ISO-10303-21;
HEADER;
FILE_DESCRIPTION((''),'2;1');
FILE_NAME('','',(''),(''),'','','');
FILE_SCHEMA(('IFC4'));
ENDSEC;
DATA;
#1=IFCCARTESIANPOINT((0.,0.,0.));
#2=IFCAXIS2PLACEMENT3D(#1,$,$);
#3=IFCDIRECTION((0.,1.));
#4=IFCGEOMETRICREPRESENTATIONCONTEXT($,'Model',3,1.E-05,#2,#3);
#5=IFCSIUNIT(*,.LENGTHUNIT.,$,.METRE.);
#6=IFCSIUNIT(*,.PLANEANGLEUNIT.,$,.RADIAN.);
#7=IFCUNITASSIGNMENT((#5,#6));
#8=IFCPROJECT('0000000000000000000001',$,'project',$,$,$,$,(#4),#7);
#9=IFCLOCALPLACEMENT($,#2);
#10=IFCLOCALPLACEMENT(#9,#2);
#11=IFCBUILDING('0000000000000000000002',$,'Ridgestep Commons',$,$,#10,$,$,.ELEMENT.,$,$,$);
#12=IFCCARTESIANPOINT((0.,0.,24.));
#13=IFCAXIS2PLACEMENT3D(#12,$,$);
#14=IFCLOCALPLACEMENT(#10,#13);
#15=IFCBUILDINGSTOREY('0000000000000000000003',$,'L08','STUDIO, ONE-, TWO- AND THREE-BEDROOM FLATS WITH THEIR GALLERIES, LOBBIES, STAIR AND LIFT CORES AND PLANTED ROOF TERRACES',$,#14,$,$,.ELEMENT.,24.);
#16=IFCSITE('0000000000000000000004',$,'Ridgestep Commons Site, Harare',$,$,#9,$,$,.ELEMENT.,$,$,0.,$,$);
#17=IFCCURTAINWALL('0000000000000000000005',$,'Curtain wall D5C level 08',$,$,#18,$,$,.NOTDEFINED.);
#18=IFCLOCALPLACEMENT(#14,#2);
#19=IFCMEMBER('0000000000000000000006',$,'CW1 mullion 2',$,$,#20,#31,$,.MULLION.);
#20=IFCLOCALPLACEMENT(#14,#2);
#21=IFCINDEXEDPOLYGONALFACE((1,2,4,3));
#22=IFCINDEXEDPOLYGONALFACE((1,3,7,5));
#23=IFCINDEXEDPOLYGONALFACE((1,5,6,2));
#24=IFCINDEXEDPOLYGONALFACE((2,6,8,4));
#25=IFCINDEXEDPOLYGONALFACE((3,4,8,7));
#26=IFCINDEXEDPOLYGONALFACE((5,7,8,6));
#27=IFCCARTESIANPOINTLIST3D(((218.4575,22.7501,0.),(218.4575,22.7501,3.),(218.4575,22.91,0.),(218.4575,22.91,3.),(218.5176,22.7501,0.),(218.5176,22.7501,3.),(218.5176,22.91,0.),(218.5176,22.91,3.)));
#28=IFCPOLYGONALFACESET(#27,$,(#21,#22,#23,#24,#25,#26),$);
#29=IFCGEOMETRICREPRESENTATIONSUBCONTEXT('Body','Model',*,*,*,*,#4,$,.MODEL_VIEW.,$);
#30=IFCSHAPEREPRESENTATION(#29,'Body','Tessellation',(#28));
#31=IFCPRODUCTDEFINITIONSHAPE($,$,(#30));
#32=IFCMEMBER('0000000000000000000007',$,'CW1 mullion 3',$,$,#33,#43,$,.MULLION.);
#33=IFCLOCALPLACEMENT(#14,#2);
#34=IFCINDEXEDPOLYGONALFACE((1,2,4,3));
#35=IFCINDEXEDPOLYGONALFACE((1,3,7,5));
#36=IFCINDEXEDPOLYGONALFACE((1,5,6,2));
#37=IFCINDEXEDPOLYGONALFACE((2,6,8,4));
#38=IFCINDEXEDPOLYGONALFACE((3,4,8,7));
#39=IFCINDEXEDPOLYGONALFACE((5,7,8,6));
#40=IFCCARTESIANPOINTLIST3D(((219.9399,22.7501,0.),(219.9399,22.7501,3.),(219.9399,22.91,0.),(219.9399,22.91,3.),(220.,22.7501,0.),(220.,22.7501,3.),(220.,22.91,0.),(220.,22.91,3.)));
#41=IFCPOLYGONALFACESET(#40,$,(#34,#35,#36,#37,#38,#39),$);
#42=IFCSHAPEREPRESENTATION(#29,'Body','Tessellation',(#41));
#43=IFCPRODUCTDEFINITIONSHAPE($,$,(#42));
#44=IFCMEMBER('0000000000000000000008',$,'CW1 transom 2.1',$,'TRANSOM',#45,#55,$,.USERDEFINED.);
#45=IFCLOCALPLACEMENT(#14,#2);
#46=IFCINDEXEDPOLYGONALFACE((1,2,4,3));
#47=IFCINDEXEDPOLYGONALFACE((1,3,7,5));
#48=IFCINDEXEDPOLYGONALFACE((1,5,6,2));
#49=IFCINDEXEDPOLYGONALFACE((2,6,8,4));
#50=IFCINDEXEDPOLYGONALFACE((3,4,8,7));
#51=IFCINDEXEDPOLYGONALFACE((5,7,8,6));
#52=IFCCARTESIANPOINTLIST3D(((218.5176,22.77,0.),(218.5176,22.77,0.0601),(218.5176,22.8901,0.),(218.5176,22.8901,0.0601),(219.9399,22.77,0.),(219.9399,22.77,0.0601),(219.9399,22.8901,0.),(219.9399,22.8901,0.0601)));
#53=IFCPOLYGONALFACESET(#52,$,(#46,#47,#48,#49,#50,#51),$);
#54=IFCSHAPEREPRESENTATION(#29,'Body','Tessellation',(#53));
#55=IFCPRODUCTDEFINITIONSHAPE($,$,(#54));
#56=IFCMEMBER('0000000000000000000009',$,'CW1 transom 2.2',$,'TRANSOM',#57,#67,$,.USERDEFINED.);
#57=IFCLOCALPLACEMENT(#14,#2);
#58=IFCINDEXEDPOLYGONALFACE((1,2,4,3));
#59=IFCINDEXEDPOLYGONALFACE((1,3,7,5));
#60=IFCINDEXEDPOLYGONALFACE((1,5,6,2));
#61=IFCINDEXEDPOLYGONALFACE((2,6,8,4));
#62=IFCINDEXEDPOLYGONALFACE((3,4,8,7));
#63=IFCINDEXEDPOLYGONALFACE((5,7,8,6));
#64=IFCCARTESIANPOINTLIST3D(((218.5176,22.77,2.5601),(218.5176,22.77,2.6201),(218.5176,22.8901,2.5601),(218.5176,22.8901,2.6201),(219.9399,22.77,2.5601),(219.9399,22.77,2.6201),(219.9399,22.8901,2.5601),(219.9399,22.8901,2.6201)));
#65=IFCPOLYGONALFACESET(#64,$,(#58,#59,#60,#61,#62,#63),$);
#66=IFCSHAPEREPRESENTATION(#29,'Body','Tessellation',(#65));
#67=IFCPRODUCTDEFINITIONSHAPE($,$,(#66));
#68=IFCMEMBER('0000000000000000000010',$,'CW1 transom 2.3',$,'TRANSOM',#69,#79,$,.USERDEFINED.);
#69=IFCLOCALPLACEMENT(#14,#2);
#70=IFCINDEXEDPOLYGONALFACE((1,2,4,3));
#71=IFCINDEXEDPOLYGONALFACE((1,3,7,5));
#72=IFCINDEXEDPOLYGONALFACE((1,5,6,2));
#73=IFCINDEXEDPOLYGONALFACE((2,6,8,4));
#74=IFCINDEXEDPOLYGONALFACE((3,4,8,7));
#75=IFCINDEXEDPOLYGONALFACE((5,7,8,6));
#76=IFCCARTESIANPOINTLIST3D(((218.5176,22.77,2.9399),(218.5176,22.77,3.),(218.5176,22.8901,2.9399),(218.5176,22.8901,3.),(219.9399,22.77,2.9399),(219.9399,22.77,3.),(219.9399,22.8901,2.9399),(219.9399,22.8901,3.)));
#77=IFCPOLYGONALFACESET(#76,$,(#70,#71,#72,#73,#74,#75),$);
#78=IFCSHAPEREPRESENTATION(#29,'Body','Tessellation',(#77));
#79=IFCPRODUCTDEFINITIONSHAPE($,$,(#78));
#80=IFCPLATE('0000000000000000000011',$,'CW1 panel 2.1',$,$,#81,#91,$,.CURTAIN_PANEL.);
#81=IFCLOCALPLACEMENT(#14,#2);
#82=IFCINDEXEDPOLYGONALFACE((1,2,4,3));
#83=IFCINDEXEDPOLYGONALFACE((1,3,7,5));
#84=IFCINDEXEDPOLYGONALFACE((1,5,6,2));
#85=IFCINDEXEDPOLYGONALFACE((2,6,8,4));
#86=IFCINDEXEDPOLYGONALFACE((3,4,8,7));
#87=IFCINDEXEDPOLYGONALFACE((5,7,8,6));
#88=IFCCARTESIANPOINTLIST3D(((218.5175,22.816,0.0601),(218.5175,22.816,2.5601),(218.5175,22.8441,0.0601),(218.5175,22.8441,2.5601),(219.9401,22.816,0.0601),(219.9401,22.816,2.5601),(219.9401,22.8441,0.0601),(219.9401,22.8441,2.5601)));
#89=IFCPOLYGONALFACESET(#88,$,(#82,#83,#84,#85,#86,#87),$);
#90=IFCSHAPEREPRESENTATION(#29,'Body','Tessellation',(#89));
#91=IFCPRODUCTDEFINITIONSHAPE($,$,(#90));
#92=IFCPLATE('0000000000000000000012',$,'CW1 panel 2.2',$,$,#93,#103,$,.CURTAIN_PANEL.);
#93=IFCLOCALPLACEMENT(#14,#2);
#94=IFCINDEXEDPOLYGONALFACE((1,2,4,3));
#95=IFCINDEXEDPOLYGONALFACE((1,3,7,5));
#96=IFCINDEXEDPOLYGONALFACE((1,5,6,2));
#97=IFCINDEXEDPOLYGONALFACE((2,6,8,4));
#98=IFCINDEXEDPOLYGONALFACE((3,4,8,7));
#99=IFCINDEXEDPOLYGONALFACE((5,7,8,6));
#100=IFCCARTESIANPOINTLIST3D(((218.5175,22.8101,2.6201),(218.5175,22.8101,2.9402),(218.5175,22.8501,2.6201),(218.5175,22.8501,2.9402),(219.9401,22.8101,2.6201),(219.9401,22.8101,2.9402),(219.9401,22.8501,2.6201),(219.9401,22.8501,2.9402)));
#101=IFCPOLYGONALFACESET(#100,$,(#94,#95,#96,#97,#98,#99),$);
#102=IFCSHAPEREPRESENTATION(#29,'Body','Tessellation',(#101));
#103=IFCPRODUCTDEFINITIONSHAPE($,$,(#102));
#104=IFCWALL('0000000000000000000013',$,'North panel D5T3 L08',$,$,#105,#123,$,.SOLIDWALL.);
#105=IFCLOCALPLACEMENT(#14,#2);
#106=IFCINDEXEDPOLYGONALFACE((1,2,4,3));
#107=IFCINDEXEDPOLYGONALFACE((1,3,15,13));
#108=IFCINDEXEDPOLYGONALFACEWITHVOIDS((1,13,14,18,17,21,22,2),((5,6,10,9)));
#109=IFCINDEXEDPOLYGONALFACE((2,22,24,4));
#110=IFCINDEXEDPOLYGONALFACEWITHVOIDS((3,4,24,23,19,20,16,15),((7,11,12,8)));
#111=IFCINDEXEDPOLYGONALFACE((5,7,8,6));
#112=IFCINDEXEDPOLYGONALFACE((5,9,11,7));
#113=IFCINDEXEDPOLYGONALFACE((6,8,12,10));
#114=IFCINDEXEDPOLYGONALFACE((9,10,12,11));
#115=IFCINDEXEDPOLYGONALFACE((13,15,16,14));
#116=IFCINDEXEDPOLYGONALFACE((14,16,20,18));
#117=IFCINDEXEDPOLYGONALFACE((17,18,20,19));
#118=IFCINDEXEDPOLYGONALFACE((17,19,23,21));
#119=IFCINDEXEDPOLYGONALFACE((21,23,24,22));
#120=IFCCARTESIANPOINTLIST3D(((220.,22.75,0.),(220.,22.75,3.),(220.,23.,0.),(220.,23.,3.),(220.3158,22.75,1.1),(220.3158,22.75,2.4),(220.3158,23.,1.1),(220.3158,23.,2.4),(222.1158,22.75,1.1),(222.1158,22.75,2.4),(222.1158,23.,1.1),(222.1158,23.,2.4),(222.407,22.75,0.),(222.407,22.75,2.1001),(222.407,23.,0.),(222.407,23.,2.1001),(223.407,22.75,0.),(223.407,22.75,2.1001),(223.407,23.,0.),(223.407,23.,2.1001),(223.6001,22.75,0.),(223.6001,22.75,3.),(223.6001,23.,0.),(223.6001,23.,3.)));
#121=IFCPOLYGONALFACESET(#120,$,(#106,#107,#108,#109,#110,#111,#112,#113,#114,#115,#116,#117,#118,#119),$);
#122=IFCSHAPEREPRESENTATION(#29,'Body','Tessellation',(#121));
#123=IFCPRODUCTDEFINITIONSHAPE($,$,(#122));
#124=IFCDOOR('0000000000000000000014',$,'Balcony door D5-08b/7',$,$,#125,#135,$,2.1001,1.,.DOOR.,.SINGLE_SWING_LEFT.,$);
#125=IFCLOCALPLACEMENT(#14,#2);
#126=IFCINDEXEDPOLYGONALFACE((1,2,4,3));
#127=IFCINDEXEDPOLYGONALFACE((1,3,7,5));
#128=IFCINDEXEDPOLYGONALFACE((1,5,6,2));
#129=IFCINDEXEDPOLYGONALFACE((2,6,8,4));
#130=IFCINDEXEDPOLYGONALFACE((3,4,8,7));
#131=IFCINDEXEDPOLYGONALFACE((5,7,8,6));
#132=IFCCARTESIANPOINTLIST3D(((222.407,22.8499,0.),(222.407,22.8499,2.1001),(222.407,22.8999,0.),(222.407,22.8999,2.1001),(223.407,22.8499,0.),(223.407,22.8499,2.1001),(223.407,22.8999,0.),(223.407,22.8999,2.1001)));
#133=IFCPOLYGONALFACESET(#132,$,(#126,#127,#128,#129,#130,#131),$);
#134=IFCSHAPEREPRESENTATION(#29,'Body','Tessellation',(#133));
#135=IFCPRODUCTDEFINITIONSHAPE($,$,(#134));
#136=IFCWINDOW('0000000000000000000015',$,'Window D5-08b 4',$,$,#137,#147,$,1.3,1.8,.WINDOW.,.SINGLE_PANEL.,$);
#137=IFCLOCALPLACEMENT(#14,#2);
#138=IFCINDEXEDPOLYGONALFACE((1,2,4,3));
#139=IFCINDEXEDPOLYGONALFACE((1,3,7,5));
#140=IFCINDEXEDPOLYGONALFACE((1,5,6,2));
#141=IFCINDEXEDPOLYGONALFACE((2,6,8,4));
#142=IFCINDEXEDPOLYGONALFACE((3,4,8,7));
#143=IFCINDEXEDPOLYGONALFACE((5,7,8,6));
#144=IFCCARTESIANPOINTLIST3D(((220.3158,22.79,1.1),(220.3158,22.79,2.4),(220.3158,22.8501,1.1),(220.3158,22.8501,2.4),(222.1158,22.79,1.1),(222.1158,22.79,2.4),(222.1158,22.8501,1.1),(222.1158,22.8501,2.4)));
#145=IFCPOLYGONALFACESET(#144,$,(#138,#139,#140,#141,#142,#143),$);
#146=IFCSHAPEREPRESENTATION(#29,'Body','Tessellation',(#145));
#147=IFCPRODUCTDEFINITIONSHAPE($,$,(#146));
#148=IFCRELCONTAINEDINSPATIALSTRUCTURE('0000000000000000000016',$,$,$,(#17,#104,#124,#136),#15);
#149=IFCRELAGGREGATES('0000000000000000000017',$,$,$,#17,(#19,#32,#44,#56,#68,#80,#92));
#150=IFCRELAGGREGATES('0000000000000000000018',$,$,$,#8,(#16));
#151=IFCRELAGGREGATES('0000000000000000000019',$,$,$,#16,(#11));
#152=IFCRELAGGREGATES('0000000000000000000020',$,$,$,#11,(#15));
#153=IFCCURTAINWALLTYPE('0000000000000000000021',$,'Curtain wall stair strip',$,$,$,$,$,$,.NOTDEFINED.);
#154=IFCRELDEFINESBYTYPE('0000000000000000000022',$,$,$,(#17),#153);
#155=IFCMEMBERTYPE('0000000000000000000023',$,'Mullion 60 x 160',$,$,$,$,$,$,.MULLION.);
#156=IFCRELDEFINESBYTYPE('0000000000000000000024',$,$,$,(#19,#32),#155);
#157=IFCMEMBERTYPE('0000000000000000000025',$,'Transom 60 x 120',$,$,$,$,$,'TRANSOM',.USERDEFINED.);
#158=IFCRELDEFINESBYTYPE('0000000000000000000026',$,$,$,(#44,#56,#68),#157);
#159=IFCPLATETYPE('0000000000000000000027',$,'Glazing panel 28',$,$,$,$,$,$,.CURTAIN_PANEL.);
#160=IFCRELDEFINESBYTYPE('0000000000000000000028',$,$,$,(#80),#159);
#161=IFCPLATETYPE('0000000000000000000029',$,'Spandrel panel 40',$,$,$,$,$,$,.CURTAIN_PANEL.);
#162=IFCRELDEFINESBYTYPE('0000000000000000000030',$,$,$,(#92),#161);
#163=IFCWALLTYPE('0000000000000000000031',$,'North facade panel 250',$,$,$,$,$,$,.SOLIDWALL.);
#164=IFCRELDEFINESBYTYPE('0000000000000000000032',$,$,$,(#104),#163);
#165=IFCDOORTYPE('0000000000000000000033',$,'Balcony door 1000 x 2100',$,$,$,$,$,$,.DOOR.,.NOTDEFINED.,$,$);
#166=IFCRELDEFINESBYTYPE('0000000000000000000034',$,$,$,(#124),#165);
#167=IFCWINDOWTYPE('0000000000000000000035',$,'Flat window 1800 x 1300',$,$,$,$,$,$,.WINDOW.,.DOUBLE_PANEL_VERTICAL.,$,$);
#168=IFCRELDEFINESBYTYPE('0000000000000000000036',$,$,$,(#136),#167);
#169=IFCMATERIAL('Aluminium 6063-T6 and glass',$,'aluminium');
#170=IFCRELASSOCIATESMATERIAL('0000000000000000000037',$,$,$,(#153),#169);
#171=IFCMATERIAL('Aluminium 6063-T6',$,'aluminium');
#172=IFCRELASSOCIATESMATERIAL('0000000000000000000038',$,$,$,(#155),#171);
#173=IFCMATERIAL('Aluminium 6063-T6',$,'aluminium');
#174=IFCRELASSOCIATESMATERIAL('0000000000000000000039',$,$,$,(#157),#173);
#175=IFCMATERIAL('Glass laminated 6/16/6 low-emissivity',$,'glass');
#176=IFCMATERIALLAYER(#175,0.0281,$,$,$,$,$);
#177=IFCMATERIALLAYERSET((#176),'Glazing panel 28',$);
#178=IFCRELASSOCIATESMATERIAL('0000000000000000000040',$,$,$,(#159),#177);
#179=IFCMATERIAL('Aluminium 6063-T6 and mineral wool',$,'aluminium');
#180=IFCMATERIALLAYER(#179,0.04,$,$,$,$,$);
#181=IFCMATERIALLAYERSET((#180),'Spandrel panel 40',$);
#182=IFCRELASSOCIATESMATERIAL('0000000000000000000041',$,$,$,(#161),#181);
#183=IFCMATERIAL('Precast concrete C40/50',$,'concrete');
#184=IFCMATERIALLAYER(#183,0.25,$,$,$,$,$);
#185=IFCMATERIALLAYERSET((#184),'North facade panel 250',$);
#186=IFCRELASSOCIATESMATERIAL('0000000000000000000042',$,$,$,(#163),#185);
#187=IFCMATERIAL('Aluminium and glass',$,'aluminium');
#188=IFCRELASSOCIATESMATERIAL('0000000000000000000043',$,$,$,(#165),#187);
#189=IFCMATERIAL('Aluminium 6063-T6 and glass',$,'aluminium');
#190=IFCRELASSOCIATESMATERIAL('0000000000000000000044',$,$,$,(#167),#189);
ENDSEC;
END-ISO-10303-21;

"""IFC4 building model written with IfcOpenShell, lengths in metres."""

from ifc_helpers import new_model, si_unit, direction, frame, frame_2d, origin, origin_2d, place, context, subcontext, project, spatial, rectangle, extrude, material, layer, layer_set, material_profile, profile_set, type_object, element, fill, aggregate, save


model = new_model("IFC4")

# Units and contexts
model_context = context("Model", 3, precision=1e-05, world=origin(), true_north=direction((0.0, 1.0)))
body_context = subcontext(model_context, "Body", "Model", "MODEL_VIEW")
ifc_project = project(units=[si_unit("LENGTHUNIT", "METRE"), si_unit("PLANEANGLEUNIT", "RADIAN")], contexts=[model_context])

# Site, building, storey
site_placement = place(None, origin())
site = spatial("IfcSite", under=ifc_project, at=site_placement, Name="Ridgestep Commons Site, Harare", CompositionType="ELEMENT", RefElevation=0.0)
building_placement = place(site_placement, origin())
building = spatial("IfcBuilding", under=site, at=building_placement, Name="Ridgestep Commons", CompositionType="ELEMENT")
storey_placement = place(building_placement, frame((0.0, 0.0, 24.0)))
storey = spatial("IfcBuildingStorey", under=building, at=storey_placement, Name="L08", Description="STUDIO, ONE-, TWO- AND THREE-BEDROOM FLATS WITH THEIR GALLERIES, LOBBIES, STAIR AND LIFT CORES AND PLANTED ROOF TERRACES", CompositionType="ELEMENT", Elevation=24.0)

# Curtain wall, members, plates
ifc_material_1 = material(Name="Aluminium 6063-T6 and glass", Category="aluminium")
curtain_wall_type = type_object("IfcCurtainWallType", Name="Curtain wall stair strip", PredefinedType="NOTDEFINED", material=ifc_material_1)
curtain_wall_placement = place(storey_placement, origin())
curtain_wall = element("IfcCurtainWall", 1, at=curtain_wall_placement, inside=storey, type_object=curtain_wall_type, Name="Curtain wall D5C level 08", PredefinedType="NOTDEFINED")
ifc_material_2 = material(Name="Aluminium 6063-T6", Category="aluminium")
ifc_material_profile_1 = material_profile(ifc_material_2, rectangle(XDim=0.1599, YDim=0.0601, at=origin_2d()), Name="Mullion 60 x 160")
ifc_profile_set_1 = profile_set([ifc_material_profile_1], Name="Aluminium 6063-T6")
member_type_1 = type_object("IfcMemberType", Name="Mullion 60 x 160", PredefinedType="MULLION", material=ifc_profile_set_1)
member_1_placement = place(storey_placement, frame((218.4875, 22.8301, 0.0), z_axis=(0.0, 0.0, 1.0), x_axis=(0.0, 1.0, 0.0)))
member_1 = element("IfcMember", 2, at=member_1_placement, type_object=member_type_1, Name="CW1 mullion 2", PredefinedType="MULLION", context=body_context, shape_type="SweptSolid", body=[
    extrude(rectangle(XDim=0.1599, YDim=0.0601, at=origin_2d()), origin(), (0.0, 0.0, 1.0), 3.0),
])
member_2_placement = place(storey_placement, frame((219.97, 22.8301, 0.0), z_axis=(0.0, 0.0, 1.0), x_axis=(0.0, 1.0, 0.0)))
member_2 = element("IfcMember", 3, at=member_2_placement, type_object=member_type_1, Name="CW1 mullion 3", PredefinedType="MULLION", context=body_context, shape_type="SweptSolid", body=[
    extrude(rectangle(XDim=0.1599, YDim=0.0601, at=origin_2d()), origin(), (0.0, 0.0, 1.0), 3.0),
])
ifc_material_3 = material(Name="Aluminium 6063-T6", Category="aluminium")
ifc_material_profile_2 = material_profile(ifc_material_3, rectangle(XDim=0.1201, YDim=0.0601, at=origin_2d()), Name="Transom 60 x 120")
ifc_profile_set_2 = profile_set([ifc_material_profile_2], Name="Aluminium 6063-T6")
member_type_2 = type_object("IfcMemberType", Name="Transom 60 x 120", ElementType="TRANSOM", PredefinedType="USERDEFINED", material=ifc_profile_set_2)
member_3_placement = place(storey_placement, frame((218.5176, 22.8301, 0.03), z_axis=(1.0, 0.0, 0.0), x_axis=(0.0, 1.0, 0.0)))
member_3 = element("IfcMember", 4, at=member_3_placement, type_object=member_type_2, Name="CW1 transom 2.1", ObjectType="TRANSOM", PredefinedType="USERDEFINED", context=body_context, shape_type="SweptSolid", body=[
    extrude(rectangle(XDim=0.1201, YDim=0.0601, at=origin_2d()), origin(), (0.0, 0.0, 1.0), 1.4224),
])
member_4_placement = place(storey_placement, frame((218.5176, 22.8301, 2.5901), z_axis=(1.0, 0.0, 0.0), x_axis=(0.0, 1.0, 0.0)))
member_4 = element("IfcMember", 5, at=member_4_placement, type_object=member_type_2, Name="CW1 transom 2.2", ObjectType="TRANSOM", PredefinedType="USERDEFINED", context=body_context, shape_type="SweptSolid", body=[
    extrude(rectangle(XDim=0.1201, YDim=0.0601, at=origin_2d()), origin(), (0.0, 0.0, 1.0), 1.4224),
])
member_5_placement = place(storey_placement, frame((218.5176, 22.8301, 2.97), z_axis=(1.0, 0.0, 0.0), x_axis=(0.0, 1.0, 0.0)))
member_5 = element("IfcMember", 6, at=member_5_placement, type_object=member_type_2, Name="CW1 transom 2.3", ObjectType="TRANSOM", PredefinedType="USERDEFINED", context=body_context, shape_type="SweptSolid", body=[
    extrude(rectangle(XDim=0.1201, YDim=0.0601, at=origin_2d()), origin(), (0.0, 0.0, 1.0), 1.4224),
])
ifc_material_4 = material(Name="Glass laminated 6/16/6 low-emissivity", Category="glass")
ifc_layer_1 = layer(ifc_material_4, 0.0281)
ifc_layer_set_1 = layer_set([ifc_layer_1], Name="Glazing panel 28")
plate_type_1 = type_object("IfcPlateType", Name="Glazing panel 28", PredefinedType="CURTAIN_PANEL", material=ifc_layer_set_1)
plate_1_placement = place(storey_placement, frame((219.2288, 22.8301, 0.0601), z_axis=(0.0, 0.0, 1.0), x_axis=(1.0, 0.0, 0.0)))
plate_1 = element("IfcPlate", 7, at=plate_1_placement, type_object=plate_type_1, Name="CW1 panel 2.1", PredefinedType="CURTAIN_PANEL", context=body_context, shape_type="SweptSolid", body=[
    extrude(rectangle(XDim=1.4226, YDim=0.0281, at=origin_2d()), origin(), (0.0, 0.0, 1.0), 2.5),
])
ifc_material_5 = material(Name="Aluminium 6063-T6 and mineral wool", Category="aluminium")
ifc_layer_2 = layer(ifc_material_5, 0.04)
ifc_layer_set_2 = layer_set([ifc_layer_2], Name="Spandrel panel 40")
plate_type_2 = type_object("IfcPlateType", Name="Spandrel panel 40", PredefinedType="CURTAIN_PANEL", material=ifc_layer_set_2)
plate_2_placement = place(storey_placement, frame((219.2288, 22.8301, 2.6201), z_axis=(0.0, 0.0, 1.0), x_axis=(1.0, 0.0, 0.0)))
plate_2 = element("IfcPlate", 8, at=plate_2_placement, type_object=plate_type_2, Name="CW1 panel 2.2", PredefinedType="CURTAIN_PANEL", context=body_context, shape_type="SweptSolid", body=[
    extrude(rectangle(XDim=1.4226, YDim=0.04, at=origin_2d()), origin(), (0.0, 0.0, 1.0), 0.3201),
])
aggregate(curtain_wall, [member_1, member_2, member_3, member_4, member_5, plate_1, plate_2])

# Wall, openings, door, window
ifc_material_6 = material(Name="Precast concrete C40/50", Category="concrete")
ifc_layer_3 = layer(ifc_material_6, 0.25)
ifc_layer_set_3 = layer_set([ifc_layer_3], Name="North facade panel 250")
wall_type_1 = type_object("IfcWallType", Name="North facade panel 250", PredefinedType="SOLIDWALL", material=ifc_layer_set_3)
wall_1_placement = place(storey_placement, frame((220.0, 22.875, 0.0), z_axis=(0.0, 0.0, 1.0), x_axis=(1.0, 0.0, 0.0)))
wall_1 = element("IfcWall", 9, at=wall_1_placement, inside=storey, type_object=wall_type_1, Name="North panel D5T3 L08", PredefinedType="SOLIDWALL", context=body_context, shape_type="SweptSolid", body=[
    extrude(rectangle(XDim=3.6001, YDim=0.25, at=frame_2d((1.8, 0.0))), origin(), (0.0, 0.0, 1.0), 3.0),
])
opening_1_placement = place(wall_1_placement, frame((0.3159, 0.0, 1.1001)))
opening_1 = element("IfcOpeningElement", 10, at=opening_1_placement, cuts=wall_1, PredefinedType="OPENING", context=body_context, shape_type="SweptSolid", body=[
    extrude(rectangle(XDim=1.8, YDim=1.3, at=frame_2d((0.8999, 0.6499))), frame((0.0, 0.135, 0.0), z_axis=(0.0, -1.0, 0.0), x_axis=(1.0, 0.0, 0.0)), (0.0, 0.0, 1.0), 0.27),
])
opening_2_placement = place(wall_1_placement, frame((2.407, 0.0, 0.0)))
opening_2 = element("IfcOpeningElement", 11, at=opening_2_placement, cuts=wall_1, PredefinedType="OPENING", context=body_context, shape_type="SweptSolid", body=[
    extrude(rectangle(XDim=1.0, YDim=2.1001, at=frame_2d((0.5, 1.05))), frame((0.0, 0.135, 0.0), z_axis=(0.0, -1.0, 0.0), x_axis=(1.0, 0.0, 0.0)), (0.0, 0.0, 1.0), 0.27),
])
ifc_material_7 = material(Name="Aluminium and glass", Category="aluminium")
door_type_1 = type_object("IfcDoorType", Name="Balcony door 1000 x 2100", OperationType="NOTDEFINED", PredefinedType="DOOR", material=ifc_material_7)
door_1_placement = place(opening_2_placement, origin())
door_1 = element("IfcDoor", 12, at=door_1_placement, inside=storey, type_object=door_type_1, Name="Balcony door D5-08b/7", OperationType="SINGLE_SWING_LEFT", OverallHeight=2.1001, OverallWidth=1.0, PredefinedType="DOOR", context=body_context, shape_type="SweptSolid", body=[
    extrude(rectangle(XDim=1.0, YDim=2.1001, at=frame_2d((0.5, 1.05))), frame((0.0, 0.0249, 0.0), z_axis=(0.0, -1.0, 0.0), x_axis=(1.0, 0.0, 0.0)), (0.0, 0.0, 1.0), 0.05),
])
fill(opening_2, door_1)
ifc_material_8 = material(Name="Aluminium 6063-T6 and glass", Category="aluminium")
window_type = type_object("IfcWindowType", Name="Flat window 1800 x 1300", PartitioningType="DOUBLE_PANEL_VERTICAL", PredefinedType="WINDOW", material=ifc_material_8)
window_1_placement = place(opening_1_placement, origin())
window_1 = element("IfcWindow", 13, at=window_1_placement, inside=storey, type_object=window_type, Name="Window D5-08b 4", OverallHeight=1.3, OverallWidth=1.8, PartitioningType="SINGLE_PANEL", PredefinedType="WINDOW", context=body_context, shape_type="SweptSolid", body=[
    extrude(rectangle(XDim=1.8, YDim=1.3, at=frame_2d((0.8999, 0.6499))), frame((0.0, -0.0249, 0.0), z_axis=(0.0, -1.0, 0.0), x_axis=(1.0, 0.0, 0.0)), (0.0, 0.0, 1.0), 0.0601),
])
fill(opening_1, window_1)

save(model, "model.ifc")
